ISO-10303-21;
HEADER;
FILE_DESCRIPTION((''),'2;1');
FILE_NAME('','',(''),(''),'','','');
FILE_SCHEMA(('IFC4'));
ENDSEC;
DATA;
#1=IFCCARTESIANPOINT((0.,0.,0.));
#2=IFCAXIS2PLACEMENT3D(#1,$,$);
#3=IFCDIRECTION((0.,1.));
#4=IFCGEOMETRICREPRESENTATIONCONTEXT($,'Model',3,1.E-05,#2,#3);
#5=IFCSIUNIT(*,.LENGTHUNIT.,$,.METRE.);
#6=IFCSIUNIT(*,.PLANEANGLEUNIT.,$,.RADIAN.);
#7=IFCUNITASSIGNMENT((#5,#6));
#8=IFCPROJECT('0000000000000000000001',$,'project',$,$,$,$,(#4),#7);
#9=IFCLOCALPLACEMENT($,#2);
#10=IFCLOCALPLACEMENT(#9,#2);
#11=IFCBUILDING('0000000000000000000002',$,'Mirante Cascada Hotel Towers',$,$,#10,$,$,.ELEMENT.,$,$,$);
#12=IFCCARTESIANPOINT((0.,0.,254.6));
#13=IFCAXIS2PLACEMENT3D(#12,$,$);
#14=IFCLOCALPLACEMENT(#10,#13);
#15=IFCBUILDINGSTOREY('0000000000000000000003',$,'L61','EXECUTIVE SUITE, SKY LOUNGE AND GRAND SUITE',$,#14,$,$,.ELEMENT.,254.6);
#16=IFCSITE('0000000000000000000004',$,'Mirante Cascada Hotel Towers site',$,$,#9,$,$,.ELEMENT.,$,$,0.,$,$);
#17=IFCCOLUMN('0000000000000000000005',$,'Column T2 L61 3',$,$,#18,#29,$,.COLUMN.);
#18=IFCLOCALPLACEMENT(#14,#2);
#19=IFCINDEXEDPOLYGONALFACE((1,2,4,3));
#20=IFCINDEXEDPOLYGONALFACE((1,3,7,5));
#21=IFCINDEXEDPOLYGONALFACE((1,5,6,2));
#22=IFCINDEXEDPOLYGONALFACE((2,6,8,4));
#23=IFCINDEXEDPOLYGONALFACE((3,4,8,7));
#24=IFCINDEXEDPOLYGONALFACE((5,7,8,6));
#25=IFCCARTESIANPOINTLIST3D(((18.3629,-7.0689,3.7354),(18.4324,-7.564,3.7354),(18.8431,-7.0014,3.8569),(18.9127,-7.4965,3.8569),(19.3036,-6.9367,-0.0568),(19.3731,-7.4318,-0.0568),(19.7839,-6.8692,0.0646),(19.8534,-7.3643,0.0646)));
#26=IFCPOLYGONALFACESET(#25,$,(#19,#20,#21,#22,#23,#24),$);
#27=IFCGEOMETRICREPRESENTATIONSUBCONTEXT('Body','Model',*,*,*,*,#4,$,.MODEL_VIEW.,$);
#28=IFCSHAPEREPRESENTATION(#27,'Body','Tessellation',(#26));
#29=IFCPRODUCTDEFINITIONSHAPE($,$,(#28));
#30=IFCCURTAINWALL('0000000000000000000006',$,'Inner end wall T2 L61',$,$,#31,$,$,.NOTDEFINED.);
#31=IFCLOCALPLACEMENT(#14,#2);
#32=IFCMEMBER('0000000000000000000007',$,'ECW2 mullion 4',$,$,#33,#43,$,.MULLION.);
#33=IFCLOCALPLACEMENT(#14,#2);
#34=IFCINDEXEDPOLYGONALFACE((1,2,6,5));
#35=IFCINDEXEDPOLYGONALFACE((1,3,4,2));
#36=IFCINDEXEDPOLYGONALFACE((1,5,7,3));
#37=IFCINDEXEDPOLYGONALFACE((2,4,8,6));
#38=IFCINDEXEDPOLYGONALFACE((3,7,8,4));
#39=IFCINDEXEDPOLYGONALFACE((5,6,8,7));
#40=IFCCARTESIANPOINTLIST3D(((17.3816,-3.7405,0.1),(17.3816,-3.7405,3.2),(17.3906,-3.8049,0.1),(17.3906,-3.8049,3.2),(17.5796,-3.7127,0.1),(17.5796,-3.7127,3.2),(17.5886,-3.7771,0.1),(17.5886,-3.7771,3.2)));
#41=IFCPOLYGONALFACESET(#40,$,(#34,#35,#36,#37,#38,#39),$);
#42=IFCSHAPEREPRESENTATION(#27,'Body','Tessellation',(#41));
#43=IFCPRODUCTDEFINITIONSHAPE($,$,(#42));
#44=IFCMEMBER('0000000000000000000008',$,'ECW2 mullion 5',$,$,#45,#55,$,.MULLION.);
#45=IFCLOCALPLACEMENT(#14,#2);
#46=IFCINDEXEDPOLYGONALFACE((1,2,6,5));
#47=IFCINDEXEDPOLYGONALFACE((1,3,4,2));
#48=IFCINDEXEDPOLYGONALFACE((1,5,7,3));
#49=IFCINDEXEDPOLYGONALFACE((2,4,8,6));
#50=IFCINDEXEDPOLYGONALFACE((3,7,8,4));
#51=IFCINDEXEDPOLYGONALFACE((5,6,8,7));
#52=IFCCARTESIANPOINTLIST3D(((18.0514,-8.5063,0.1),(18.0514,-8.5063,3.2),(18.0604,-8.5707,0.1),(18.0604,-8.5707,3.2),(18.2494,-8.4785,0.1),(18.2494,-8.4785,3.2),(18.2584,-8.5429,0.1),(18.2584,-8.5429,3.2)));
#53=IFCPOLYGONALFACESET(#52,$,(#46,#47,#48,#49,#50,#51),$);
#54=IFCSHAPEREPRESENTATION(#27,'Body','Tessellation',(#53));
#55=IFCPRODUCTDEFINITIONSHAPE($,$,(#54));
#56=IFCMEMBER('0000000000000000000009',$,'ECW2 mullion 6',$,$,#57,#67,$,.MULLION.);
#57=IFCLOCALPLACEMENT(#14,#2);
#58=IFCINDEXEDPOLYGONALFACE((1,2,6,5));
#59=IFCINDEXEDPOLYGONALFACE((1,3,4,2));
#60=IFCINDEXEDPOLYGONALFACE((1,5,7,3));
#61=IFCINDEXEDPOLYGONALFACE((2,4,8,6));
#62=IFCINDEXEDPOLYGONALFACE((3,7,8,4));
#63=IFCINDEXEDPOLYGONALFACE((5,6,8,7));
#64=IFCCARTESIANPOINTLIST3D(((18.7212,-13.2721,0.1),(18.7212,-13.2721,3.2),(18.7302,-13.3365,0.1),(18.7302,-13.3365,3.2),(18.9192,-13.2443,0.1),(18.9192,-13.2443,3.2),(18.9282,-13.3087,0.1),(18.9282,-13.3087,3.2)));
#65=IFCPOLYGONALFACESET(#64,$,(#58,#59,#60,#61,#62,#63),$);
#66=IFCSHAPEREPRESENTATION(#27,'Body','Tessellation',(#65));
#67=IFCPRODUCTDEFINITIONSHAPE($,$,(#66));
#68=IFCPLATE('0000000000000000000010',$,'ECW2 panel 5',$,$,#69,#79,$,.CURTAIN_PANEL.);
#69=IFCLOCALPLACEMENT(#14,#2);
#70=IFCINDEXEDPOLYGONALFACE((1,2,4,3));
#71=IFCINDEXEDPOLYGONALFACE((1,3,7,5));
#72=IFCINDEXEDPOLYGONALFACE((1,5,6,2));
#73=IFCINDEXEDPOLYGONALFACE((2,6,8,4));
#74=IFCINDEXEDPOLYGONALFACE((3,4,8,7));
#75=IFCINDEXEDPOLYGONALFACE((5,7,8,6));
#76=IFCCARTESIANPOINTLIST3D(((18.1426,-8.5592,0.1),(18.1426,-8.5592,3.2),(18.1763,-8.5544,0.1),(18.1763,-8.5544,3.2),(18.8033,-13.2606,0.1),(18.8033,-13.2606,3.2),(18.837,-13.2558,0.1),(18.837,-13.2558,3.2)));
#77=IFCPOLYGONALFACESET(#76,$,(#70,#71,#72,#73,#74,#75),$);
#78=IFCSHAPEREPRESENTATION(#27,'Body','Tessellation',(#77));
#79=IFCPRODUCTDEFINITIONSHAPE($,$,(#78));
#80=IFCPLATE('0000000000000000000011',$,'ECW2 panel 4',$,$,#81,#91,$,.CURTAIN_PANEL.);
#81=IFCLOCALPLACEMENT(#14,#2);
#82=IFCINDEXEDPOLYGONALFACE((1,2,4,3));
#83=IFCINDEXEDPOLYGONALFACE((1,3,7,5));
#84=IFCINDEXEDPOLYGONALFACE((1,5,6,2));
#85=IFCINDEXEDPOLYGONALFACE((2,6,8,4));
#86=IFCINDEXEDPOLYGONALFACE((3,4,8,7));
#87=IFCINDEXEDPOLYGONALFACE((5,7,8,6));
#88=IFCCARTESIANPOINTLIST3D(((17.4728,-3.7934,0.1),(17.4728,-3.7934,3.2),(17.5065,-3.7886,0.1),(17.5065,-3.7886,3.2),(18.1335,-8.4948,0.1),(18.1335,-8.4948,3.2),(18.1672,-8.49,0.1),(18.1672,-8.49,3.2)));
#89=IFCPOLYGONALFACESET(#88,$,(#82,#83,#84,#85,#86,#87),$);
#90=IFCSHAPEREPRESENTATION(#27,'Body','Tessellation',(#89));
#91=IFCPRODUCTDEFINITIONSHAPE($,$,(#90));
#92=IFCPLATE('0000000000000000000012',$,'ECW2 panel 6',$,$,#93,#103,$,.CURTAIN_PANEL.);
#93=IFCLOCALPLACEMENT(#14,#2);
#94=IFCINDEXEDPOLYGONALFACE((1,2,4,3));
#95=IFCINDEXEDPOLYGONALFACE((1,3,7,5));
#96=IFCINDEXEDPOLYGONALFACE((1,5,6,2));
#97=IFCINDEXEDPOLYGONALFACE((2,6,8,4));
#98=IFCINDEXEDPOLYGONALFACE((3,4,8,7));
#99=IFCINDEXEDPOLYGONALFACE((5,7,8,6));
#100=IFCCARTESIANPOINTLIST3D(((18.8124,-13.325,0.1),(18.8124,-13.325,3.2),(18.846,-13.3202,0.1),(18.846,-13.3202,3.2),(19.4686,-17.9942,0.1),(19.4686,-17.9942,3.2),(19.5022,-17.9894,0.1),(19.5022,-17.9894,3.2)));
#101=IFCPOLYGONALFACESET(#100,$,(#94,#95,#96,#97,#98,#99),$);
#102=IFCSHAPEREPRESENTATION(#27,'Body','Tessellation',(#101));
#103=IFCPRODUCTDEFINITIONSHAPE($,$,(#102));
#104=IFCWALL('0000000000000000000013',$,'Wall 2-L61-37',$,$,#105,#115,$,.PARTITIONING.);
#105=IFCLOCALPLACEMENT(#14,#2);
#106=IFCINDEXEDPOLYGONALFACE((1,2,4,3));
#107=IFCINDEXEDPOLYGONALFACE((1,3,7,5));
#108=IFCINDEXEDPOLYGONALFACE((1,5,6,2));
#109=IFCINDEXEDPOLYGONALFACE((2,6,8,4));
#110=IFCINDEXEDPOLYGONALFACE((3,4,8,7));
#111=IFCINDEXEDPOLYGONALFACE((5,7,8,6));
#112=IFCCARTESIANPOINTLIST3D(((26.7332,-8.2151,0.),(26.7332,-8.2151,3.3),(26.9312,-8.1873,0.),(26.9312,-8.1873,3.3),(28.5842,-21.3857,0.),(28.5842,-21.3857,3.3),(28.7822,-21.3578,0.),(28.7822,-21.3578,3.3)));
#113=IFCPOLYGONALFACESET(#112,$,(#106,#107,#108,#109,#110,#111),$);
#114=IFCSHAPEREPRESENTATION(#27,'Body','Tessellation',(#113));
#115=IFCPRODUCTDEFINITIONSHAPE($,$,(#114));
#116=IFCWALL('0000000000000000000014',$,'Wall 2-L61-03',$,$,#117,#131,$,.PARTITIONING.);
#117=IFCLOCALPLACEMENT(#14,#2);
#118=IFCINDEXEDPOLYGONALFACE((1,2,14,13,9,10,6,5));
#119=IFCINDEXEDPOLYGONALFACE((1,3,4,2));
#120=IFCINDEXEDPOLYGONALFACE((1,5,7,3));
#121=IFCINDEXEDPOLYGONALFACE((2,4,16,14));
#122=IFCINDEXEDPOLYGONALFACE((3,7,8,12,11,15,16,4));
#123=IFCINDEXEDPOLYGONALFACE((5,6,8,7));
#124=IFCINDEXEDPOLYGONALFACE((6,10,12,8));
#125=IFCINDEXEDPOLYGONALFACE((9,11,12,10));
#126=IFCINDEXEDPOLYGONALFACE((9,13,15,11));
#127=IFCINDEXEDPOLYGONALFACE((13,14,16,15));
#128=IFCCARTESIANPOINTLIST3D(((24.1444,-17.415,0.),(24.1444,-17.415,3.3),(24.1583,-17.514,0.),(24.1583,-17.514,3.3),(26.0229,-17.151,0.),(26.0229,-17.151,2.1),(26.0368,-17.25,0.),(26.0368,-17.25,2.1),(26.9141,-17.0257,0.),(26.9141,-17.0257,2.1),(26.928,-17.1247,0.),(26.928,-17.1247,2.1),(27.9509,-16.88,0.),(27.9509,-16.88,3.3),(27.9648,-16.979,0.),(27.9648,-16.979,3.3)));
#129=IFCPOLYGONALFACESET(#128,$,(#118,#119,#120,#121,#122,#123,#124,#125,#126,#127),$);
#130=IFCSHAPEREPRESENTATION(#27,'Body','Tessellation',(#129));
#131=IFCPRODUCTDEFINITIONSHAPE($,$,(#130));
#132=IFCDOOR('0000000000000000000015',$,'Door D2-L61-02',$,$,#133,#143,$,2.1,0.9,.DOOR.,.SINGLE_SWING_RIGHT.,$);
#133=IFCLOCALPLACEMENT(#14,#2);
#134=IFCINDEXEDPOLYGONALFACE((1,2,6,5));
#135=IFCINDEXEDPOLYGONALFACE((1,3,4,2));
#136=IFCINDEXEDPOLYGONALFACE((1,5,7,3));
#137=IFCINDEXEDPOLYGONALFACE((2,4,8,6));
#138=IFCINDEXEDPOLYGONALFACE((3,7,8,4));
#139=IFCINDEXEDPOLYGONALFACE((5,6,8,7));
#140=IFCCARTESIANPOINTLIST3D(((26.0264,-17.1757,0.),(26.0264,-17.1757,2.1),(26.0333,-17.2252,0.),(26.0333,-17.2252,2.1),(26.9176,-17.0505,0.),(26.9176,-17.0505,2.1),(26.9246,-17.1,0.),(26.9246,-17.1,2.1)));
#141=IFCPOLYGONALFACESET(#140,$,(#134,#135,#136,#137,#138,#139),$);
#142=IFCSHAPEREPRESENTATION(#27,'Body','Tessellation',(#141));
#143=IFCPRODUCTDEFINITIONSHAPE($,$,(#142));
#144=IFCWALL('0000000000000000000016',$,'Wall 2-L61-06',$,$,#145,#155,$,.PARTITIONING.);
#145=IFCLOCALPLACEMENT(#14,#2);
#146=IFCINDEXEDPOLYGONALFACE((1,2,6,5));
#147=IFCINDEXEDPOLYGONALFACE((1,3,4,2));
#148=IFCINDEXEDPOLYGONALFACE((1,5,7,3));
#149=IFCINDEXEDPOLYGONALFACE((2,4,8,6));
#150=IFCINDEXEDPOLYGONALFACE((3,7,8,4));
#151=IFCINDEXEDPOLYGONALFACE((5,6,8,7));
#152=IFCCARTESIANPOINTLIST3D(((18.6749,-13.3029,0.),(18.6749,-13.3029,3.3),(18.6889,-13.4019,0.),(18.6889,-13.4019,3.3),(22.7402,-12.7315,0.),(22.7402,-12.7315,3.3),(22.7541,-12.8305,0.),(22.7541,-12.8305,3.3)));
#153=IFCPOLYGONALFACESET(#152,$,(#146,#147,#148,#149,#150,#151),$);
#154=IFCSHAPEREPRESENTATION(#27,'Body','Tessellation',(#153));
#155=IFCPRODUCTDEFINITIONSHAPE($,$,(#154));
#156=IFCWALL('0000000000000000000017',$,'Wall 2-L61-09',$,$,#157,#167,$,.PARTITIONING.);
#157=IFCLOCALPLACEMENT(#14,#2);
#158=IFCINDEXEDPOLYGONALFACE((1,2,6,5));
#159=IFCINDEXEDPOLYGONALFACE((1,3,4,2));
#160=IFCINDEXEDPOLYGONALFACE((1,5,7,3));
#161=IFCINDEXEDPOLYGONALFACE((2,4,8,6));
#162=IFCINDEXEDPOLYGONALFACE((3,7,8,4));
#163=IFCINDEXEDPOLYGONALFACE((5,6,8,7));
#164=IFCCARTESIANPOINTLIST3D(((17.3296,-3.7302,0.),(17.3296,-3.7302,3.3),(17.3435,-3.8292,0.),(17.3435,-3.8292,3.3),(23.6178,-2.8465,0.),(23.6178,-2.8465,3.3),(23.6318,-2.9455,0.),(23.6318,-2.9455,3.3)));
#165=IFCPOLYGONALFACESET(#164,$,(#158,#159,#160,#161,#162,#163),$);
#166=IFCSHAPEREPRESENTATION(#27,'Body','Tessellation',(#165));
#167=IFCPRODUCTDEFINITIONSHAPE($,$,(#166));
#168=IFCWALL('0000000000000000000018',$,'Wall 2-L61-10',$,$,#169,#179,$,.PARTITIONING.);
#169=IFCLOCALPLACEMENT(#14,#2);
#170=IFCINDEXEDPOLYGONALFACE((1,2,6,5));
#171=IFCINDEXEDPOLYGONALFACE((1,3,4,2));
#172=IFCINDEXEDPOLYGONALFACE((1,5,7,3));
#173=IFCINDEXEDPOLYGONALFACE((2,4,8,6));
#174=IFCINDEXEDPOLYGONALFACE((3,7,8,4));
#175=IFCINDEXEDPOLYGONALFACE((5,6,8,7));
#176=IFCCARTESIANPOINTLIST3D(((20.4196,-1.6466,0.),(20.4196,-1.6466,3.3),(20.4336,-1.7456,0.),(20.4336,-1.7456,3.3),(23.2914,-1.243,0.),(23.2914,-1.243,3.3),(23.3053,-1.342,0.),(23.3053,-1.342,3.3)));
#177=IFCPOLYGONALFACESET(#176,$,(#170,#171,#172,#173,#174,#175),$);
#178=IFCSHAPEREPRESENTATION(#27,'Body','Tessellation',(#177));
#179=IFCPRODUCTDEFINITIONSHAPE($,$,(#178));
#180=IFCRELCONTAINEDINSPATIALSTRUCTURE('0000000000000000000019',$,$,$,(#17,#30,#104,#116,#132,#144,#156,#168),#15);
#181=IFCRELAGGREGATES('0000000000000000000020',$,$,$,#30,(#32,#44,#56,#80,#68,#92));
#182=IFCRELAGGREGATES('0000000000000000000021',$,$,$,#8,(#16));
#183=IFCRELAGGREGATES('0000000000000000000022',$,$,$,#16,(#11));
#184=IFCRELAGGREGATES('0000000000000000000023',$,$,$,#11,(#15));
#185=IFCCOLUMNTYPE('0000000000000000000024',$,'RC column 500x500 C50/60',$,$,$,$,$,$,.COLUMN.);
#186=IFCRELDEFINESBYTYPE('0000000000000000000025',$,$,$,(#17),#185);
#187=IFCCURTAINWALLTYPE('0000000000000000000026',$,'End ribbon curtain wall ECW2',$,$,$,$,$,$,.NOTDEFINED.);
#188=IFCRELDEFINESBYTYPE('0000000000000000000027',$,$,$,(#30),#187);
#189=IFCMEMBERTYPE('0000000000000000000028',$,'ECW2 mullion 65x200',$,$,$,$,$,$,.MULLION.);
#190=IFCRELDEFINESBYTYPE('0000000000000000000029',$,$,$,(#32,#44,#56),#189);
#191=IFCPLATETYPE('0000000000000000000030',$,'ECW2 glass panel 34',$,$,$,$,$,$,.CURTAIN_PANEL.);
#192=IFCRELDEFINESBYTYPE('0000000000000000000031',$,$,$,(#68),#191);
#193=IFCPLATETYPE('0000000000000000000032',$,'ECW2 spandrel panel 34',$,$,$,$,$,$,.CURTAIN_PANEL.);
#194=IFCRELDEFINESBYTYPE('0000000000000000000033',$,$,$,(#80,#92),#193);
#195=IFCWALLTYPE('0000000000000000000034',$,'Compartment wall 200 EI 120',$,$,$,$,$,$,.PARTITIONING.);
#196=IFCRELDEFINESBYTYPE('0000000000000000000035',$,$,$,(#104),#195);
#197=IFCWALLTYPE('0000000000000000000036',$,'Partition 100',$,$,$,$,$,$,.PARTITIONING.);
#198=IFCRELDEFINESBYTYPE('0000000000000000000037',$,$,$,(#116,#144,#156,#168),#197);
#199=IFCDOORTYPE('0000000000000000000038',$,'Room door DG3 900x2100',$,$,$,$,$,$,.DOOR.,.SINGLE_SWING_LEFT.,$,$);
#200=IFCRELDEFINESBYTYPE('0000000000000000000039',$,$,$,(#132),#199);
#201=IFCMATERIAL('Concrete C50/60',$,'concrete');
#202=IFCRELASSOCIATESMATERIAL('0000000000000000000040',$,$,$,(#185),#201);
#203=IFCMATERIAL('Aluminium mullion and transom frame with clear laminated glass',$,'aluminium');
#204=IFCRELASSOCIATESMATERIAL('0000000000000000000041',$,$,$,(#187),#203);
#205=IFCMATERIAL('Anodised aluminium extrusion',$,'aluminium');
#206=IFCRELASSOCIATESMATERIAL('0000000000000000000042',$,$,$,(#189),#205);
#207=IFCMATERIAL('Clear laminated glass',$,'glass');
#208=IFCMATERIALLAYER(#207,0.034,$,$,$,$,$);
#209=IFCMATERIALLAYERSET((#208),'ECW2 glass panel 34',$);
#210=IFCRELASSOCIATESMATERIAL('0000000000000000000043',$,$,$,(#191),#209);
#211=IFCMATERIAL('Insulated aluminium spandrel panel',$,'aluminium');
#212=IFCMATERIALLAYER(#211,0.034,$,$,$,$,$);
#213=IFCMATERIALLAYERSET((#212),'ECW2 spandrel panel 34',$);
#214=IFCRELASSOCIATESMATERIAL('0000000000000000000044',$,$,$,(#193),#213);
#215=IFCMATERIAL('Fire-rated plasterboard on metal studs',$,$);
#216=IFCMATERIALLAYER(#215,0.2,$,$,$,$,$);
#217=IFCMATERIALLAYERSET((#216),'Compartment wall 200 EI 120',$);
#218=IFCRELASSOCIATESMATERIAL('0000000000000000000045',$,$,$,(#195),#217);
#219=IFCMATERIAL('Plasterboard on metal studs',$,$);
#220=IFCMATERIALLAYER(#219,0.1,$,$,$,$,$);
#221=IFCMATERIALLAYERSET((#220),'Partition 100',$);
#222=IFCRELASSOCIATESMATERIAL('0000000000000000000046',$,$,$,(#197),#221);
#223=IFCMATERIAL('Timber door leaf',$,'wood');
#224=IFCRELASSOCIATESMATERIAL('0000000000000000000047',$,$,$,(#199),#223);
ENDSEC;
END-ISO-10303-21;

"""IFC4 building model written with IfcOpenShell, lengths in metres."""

from ifc_helpers import new_model, si_unit, direction, frame, frame_2d, origin, origin_2d, place, context, subcontext, project, spatial, rectangle, extrude, material, layer, layer_set, material_profile, profile_set, type_object, element, fill, aggregate, save


model = new_model("IFC4")

# Units and contexts
model_context = context("Model", 3, precision=1e-05, world=origin(), true_north=direction((0.0, 1.0)))
body_context = subcontext(model_context, "Body", "Model", "MODEL_VIEW")
ifc_project = project(units=[si_unit("LENGTHUNIT", "METRE"), si_unit("PLANEANGLEUNIT", "RADIAN")], contexts=[model_context])

# Site, building, storey
site_placement = place(None, origin())
site = spatial("IfcSite", under=ifc_project, at=site_placement, Name="Mirante Cascada Hotel Towers site", CompositionType="ELEMENT", RefElevation=0.0)
building_placement = place(site_placement, origin())
building = spatial("IfcBuilding", under=site, at=building_placement, Name="Mirante Cascada Hotel Towers", CompositionType="ELEMENT")
storey_placement = place(building_placement, frame((0.0, 0.0, 254.6)))
storey = spatial("IfcBuildingStorey", under=building, at=storey_placement, Name="L61", Description="EXECUTIVE SUITE, SKY LOUNGE AND GRAND SUITE", CompositionType="ELEMENT", Elevation=254.6)

# Column
ifc_material_1 = material(Name="Concrete C50/60", Category="concrete")
ifc_material_profile_1 = material_profile(ifc_material_1, rectangle(XDim=0.5, YDim=0.5, at=origin_2d()), Name="RC column 500x500 C50/60")
ifc_profile_set_1 = profile_set([ifc_material_profile_1], Name="Concrete C50/60")
column_type = type_object("IfcColumnType", Name="RC column 500x500 C50/60", PredefinedType="COLUMN", material=ifc_profile_set_1)
column_placement = place(storey_placement, frame((19.5785, -7.1505, 0.0039), z_axis=(-0.240627, -0.033816, 0.970028), x_axis=(0.139166, -0.990269, 0.0)))
element("IfcColumn", 1, at=column_placement, inside=storey, type_object=column_type, Name="Column T2 L61 3", PredefinedType="COLUMN", context=body_context, shape_type="SweptSolid", body=[
    extrude(rectangle(XDim=0.5, YDim=0.5, at=origin_2d()), origin(), (0.0, 0.0, 1.0), 3.9094),
])

# Curtain wall, members, plates
ifc_material_2 = material(Name="Aluminium mullion and transom frame with clear laminated glass", Category="aluminium")
curtain_wall_type = type_object("IfcCurtainWallType", Name="End ribbon curtain wall ECW2", PredefinedType="NOTDEFINED", material=ifc_material_2)
curtain_wall_placement = place(storey_placement, origin())
curtain_wall = element("IfcCurtainWall", 2, at=curtain_wall_placement, inside=storey, type_object=curtain_wall_type, Name="Inner end wall T2 L61", PredefinedType="NOTDEFINED")
ifc_material_3 = material(Name="Anodised aluminium extrusion", Category="aluminium")
ifc_material_profile_2 = material_profile(ifc_material_3, rectangle(XDim=0.2, YDim=0.065, at=origin_2d()), Name="ECW2 MULLION 65x200")
ifc_profile_set_2 = profile_set([ifc_material_profile_2], Name="Anodised aluminium extrusion")
member_type = type_object("IfcMemberType", Name="ECW2 mullion 65x200", PredefinedType="MULLION", material=ifc_profile_set_2)
member_1_placement = place(storey_placement, frame((17.4851, -3.7588, 0.1), z_axis=(0.0, 0.0, 1.0), x_axis=(0.990268, 0.139173, 0.0)))
member_1 = element("IfcMember", 3, at=member_1_placement, type_object=member_type, Name="ECW2 mullion 4", PredefinedType="MULLION", context=body_context, shape_type="SweptSolid", body=[
    extrude(rectangle(XDim=0.2, YDim=0.065, at=origin_2d()), origin(), (0.0, 0.0, 1.0), 3.1),
])
member_2_placement = place(storey_placement, frame((18.1549, -8.5246, 0.1), z_axis=(0.0, 0.0, 1.0), x_axis=(0.990268, 0.139173, 0.0)))
member_2 = element("IfcMember", 4, at=member_2_placement, type_object=member_type, Name="ECW2 mullion 5", PredefinedType="MULLION", context=body_context, shape_type="SweptSolid", body=[
    extrude(rectangle(XDim=0.2, YDim=0.065, at=origin_2d()), origin(), (0.0, 0.0, 1.0), 3.1),
])
member_3_placement = place(storey_placement, frame((18.8247, -13.2904, 0.1), z_axis=(0.0, 0.0, 1.0), x_axis=(0.990268, 0.139173, 0.0)))
member_3 = element("IfcMember", 5, at=member_3_placement, type_object=member_type, Name="ECW2 mullion 6", PredefinedType="MULLION", context=body_context, shape_type="SweptSolid", body=[
    extrude(rectangle(XDim=0.2, YDim=0.065, at=origin_2d()), origin(), (0.0, 0.0, 1.0), 3.1),
])
ifc_material_4 = material(Name="Clear laminated glass", Category="glass")
ifc_layer_1 = layer(ifc_material_4, 0.034)
ifc_layer_set_1 = layer_set([ifc_layer_1], Name="ECW2 glass panel 34")
plate_type_1 = type_object("IfcPlateType", Name="ECW2 glass panel 34", PredefinedType="CURTAIN_PANEL", material=ifc_layer_set_1)
plate_1_placement = place(storey_placement, frame((18.4898, -10.9075, 0.1), z_axis=(0.0, 0.0, 1.0), x_axis=(0.139173, -0.990268, 0.0)))
plate_1 = element("IfcPlate", 6, at=plate_1_placement, type_object=plate_type_1, Name="ECW2 panel 5", PredefinedType="CURTAIN_PANEL", context=body_context, shape_type="SweptSolid", body=[
    extrude(rectangle(XDim=4.7476, YDim=0.034, at=origin_2d()), origin(), (0.0, 0.0, 1.0), 3.1),
])
ifc_material_5 = material(Name="Insulated aluminium spandrel panel", Category="aluminium")
ifc_layer_2 = layer(ifc_material_5, 0.034)
ifc_layer_set_2 = layer_set([ifc_layer_2], Name="ECW2 spandrel panel 34")
plate_type_2 = type_object("IfcPlateType", Name="ECW2 spandrel panel 34", PredefinedType="CURTAIN_PANEL", material=ifc_layer_set_2)
plate_2_placement = place(storey_placement, frame((17.82, -6.1417, 0.1), z_axis=(0.0, 0.0, 1.0), x_axis=(0.139173, -0.990268, 0.0)))
plate_2 = element("IfcPlate", 7, at=plate_2_placement, type_object=plate_type_2, Name="ECW2 panel 4", PredefinedType="CURTAIN_PANEL", context=body_context, shape_type="SweptSolid", body=[
    extrude(rectangle(XDim=4.7476, YDim=0.034, at=origin_2d()), origin(), (0.0, 0.0, 1.0), 3.1),
])
plate_3_placement = place(storey_placement, frame((19.1573, -15.6572, 0.1), z_axis=(0.0, 0.0, 1.0), x_axis=(0.139173, -0.990268, 0.0)))
plate_3 = element("IfcPlate", 8, at=plate_3_placement, type_object=plate_type_2, Name="ECW2 panel 6", PredefinedType="CURTAIN_PANEL", context=body_context, shape_type="SweptSolid", body=[
    extrude(rectangle(XDim=4.7151, YDim=0.034, at=origin_2d()), origin(), (0.0, 0.0, 1.0), 3.1),
])
aggregate(curtain_wall, [member_1, member_2, member_3, plate_2, plate_1, plate_3])

# Wall
ifc_material_6 = material(Name="Fire-rated plasterboard on metal studs")
ifc_layer_3 = layer(ifc_material_6, 0.2)
ifc_layer_set_3 = layer_set([ifc_layer_3], Name="Compartment wall 200 EI 120")
wall_type_1 = type_object("IfcWallType", Name="Compartment wall 200 EI 120", PredefinedType="PARTITIONING", material=ifc_layer_set_3)
wall_1_placement = place(storey_placement, frame((26.8322, -8.2012, 0.0), z_axis=(0.0, 0.0, 1.0), x_axis=(0.139173, -0.990268, 0.0)))
element("IfcWall", 9, at=wall_1_placement, inside=storey, type_object=wall_type_1, Name="Wall 2-L61-37", PredefinedType="PARTITIONING", context=body_context, shape_type="SweptSolid", body=[
    extrude(rectangle(XDim=13.3, YDim=0.2, at=frame_2d((6.65, 0.0))), origin(), (0.0, 0.0, 1.0), 3.3),
])

# Wall, opening, door
ifc_material_7 = material(Name="Plasterboard on metal studs")
ifc_layer_4 = layer(ifc_material_7, 0.1)
ifc_layer_set_4 = layer_set([ifc_layer_4], Name="Partition 100")
wall_type_2 = type_object("IfcWallType", Name="Partition 100", PredefinedType="PARTITIONING", material=ifc_layer_set_4)
wall_2_placement = place(storey_placement, frame((27.9579, -16.9295, 0.0), z_axis=(0.0, 0.0, 1.0), x_axis=(-0.990267, -0.139181, 0.0)))
wall_2 = element("IfcWall", 10, at=wall_2_placement, inside=storey, type_object=wall_type_2, Name="Wall 2-L61-03", PredefinedType="PARTITIONING", context=body_context, shape_type="SweptSolid", body=[
    extrude(rectangle(XDim=3.8439, YDim=0.1, at=frame_2d((1.922, 0.0))), origin(), (0.0, 0.0, 1.0), 3.3),
])
opening_1_placement = place(wall_2_placement, frame((1.047, 0.0, 0.0)))
opening_1 = element("IfcOpeningElement", 11, at=opening_1_placement, cuts=wall_2, PredefinedType="OPENING", context=body_context, shape_type="SweptSolid", body=[
    extrude(rectangle(XDim=0.9, YDim=2.1, at=frame_2d((0.45, 1.05))), frame((0.0, 0.05, 0.0), z_axis=(0.0, -1.0, 0.0), x_axis=(1.0, 0.0, 0.0)), (0.0, 0.0, 1.0), 0.1),
])
ifc_material_8 = material(Name="Timber door leaf", Category="wood")
door_type_1 = type_object("IfcDoorType", Name="Room door DG3 900x2100", OperationType="SINGLE_SWING_LEFT", PredefinedType="DOOR", material=ifc_material_8)
door_1_placement = place(opening_1_placement, frame((0.9, 0.0, 0.0), z_axis=(0.0, 0.0, 1.0), x_axis=(-1.0, 0.0, 0.0)))
door_1 = element("IfcDoor", 12, at=door_1_placement, inside=storey, type_object=door_type_1, Name="Door D2-L61-02", OperationType="SINGLE_SWING_RIGHT", OverallHeight=2.1, OverallWidth=0.9, PredefinedType="DOOR", context=body_context, shape_type="SweptSolid", body=[
    extrude(rectangle(XDim=0.9, YDim=2.1, at=frame_2d((0.45, 1.05))), frame((0.0, 0.025, 0.0), z_axis=(0.0, -1.0, 0.0), x_axis=(1.0, 0.0, 0.0)), (0.0, 0.0, 1.0), 0.05),
])
fill(opening_1, door_1)

# Walls
wall_3_placement = place(storey_placement, frame((18.6819, -13.3524, 0.0), z_axis=(0.0, 0.0, 1.0), x_axis=(0.990266, 0.139191, 0.0)))
element("IfcWall", 13, at=wall_3_placement, inside=storey, type_object=wall_type_2, Name="Wall 2-L61-06", PredefinedType="PARTITIONING", context=body_context, shape_type="SweptSolid", body=[
    extrude(rectangle(XDim=4.1052, YDim=0.1, at=frame_2d((2.0526, 0.0))), origin(), (0.0, 0.0, 1.0), 3.3),
])
wall_4_placement = place(storey_placement, frame((23.6248, -2.896, 0.0), z_axis=(0.0, 0.0, 1.0), x_axis=(-0.990269, -0.139166, 0.0)))
element("IfcWall", 14, at=wall_4_placement, inside=storey, type_object=wall_type_2, Name="Wall 2-L61-09", PredefinedType="PARTITIONING", context=body_context, shape_type="SweptSolid", body=[
    extrude(rectangle(XDim=6.35, YDim=0.1, at=frame_2d((3.175, 0.0))), origin(), (0.0, 0.0, 1.0), 3.3),
])
wall_5_placement = place(storey_placement, frame((20.4266, -1.6961, 0.0), z_axis=(0.0, 0.0, 1.0), x_axis=(0.990268, 0.139171, 0.0)))
element("IfcWall", 15, at=wall_5_placement, inside=storey, type_object=wall_type_2, Name="Wall 2-L61-10", PredefinedType="PARTITIONING", context=body_context, shape_type="SweptSolid", body=[
    extrude(rectangle(XDim=2.9, YDim=0.1, at=frame_2d((1.45, 0.0))), origin(), (0.0, 0.0, 1.0), 3.3),
])

save(model, "model.ifc")
